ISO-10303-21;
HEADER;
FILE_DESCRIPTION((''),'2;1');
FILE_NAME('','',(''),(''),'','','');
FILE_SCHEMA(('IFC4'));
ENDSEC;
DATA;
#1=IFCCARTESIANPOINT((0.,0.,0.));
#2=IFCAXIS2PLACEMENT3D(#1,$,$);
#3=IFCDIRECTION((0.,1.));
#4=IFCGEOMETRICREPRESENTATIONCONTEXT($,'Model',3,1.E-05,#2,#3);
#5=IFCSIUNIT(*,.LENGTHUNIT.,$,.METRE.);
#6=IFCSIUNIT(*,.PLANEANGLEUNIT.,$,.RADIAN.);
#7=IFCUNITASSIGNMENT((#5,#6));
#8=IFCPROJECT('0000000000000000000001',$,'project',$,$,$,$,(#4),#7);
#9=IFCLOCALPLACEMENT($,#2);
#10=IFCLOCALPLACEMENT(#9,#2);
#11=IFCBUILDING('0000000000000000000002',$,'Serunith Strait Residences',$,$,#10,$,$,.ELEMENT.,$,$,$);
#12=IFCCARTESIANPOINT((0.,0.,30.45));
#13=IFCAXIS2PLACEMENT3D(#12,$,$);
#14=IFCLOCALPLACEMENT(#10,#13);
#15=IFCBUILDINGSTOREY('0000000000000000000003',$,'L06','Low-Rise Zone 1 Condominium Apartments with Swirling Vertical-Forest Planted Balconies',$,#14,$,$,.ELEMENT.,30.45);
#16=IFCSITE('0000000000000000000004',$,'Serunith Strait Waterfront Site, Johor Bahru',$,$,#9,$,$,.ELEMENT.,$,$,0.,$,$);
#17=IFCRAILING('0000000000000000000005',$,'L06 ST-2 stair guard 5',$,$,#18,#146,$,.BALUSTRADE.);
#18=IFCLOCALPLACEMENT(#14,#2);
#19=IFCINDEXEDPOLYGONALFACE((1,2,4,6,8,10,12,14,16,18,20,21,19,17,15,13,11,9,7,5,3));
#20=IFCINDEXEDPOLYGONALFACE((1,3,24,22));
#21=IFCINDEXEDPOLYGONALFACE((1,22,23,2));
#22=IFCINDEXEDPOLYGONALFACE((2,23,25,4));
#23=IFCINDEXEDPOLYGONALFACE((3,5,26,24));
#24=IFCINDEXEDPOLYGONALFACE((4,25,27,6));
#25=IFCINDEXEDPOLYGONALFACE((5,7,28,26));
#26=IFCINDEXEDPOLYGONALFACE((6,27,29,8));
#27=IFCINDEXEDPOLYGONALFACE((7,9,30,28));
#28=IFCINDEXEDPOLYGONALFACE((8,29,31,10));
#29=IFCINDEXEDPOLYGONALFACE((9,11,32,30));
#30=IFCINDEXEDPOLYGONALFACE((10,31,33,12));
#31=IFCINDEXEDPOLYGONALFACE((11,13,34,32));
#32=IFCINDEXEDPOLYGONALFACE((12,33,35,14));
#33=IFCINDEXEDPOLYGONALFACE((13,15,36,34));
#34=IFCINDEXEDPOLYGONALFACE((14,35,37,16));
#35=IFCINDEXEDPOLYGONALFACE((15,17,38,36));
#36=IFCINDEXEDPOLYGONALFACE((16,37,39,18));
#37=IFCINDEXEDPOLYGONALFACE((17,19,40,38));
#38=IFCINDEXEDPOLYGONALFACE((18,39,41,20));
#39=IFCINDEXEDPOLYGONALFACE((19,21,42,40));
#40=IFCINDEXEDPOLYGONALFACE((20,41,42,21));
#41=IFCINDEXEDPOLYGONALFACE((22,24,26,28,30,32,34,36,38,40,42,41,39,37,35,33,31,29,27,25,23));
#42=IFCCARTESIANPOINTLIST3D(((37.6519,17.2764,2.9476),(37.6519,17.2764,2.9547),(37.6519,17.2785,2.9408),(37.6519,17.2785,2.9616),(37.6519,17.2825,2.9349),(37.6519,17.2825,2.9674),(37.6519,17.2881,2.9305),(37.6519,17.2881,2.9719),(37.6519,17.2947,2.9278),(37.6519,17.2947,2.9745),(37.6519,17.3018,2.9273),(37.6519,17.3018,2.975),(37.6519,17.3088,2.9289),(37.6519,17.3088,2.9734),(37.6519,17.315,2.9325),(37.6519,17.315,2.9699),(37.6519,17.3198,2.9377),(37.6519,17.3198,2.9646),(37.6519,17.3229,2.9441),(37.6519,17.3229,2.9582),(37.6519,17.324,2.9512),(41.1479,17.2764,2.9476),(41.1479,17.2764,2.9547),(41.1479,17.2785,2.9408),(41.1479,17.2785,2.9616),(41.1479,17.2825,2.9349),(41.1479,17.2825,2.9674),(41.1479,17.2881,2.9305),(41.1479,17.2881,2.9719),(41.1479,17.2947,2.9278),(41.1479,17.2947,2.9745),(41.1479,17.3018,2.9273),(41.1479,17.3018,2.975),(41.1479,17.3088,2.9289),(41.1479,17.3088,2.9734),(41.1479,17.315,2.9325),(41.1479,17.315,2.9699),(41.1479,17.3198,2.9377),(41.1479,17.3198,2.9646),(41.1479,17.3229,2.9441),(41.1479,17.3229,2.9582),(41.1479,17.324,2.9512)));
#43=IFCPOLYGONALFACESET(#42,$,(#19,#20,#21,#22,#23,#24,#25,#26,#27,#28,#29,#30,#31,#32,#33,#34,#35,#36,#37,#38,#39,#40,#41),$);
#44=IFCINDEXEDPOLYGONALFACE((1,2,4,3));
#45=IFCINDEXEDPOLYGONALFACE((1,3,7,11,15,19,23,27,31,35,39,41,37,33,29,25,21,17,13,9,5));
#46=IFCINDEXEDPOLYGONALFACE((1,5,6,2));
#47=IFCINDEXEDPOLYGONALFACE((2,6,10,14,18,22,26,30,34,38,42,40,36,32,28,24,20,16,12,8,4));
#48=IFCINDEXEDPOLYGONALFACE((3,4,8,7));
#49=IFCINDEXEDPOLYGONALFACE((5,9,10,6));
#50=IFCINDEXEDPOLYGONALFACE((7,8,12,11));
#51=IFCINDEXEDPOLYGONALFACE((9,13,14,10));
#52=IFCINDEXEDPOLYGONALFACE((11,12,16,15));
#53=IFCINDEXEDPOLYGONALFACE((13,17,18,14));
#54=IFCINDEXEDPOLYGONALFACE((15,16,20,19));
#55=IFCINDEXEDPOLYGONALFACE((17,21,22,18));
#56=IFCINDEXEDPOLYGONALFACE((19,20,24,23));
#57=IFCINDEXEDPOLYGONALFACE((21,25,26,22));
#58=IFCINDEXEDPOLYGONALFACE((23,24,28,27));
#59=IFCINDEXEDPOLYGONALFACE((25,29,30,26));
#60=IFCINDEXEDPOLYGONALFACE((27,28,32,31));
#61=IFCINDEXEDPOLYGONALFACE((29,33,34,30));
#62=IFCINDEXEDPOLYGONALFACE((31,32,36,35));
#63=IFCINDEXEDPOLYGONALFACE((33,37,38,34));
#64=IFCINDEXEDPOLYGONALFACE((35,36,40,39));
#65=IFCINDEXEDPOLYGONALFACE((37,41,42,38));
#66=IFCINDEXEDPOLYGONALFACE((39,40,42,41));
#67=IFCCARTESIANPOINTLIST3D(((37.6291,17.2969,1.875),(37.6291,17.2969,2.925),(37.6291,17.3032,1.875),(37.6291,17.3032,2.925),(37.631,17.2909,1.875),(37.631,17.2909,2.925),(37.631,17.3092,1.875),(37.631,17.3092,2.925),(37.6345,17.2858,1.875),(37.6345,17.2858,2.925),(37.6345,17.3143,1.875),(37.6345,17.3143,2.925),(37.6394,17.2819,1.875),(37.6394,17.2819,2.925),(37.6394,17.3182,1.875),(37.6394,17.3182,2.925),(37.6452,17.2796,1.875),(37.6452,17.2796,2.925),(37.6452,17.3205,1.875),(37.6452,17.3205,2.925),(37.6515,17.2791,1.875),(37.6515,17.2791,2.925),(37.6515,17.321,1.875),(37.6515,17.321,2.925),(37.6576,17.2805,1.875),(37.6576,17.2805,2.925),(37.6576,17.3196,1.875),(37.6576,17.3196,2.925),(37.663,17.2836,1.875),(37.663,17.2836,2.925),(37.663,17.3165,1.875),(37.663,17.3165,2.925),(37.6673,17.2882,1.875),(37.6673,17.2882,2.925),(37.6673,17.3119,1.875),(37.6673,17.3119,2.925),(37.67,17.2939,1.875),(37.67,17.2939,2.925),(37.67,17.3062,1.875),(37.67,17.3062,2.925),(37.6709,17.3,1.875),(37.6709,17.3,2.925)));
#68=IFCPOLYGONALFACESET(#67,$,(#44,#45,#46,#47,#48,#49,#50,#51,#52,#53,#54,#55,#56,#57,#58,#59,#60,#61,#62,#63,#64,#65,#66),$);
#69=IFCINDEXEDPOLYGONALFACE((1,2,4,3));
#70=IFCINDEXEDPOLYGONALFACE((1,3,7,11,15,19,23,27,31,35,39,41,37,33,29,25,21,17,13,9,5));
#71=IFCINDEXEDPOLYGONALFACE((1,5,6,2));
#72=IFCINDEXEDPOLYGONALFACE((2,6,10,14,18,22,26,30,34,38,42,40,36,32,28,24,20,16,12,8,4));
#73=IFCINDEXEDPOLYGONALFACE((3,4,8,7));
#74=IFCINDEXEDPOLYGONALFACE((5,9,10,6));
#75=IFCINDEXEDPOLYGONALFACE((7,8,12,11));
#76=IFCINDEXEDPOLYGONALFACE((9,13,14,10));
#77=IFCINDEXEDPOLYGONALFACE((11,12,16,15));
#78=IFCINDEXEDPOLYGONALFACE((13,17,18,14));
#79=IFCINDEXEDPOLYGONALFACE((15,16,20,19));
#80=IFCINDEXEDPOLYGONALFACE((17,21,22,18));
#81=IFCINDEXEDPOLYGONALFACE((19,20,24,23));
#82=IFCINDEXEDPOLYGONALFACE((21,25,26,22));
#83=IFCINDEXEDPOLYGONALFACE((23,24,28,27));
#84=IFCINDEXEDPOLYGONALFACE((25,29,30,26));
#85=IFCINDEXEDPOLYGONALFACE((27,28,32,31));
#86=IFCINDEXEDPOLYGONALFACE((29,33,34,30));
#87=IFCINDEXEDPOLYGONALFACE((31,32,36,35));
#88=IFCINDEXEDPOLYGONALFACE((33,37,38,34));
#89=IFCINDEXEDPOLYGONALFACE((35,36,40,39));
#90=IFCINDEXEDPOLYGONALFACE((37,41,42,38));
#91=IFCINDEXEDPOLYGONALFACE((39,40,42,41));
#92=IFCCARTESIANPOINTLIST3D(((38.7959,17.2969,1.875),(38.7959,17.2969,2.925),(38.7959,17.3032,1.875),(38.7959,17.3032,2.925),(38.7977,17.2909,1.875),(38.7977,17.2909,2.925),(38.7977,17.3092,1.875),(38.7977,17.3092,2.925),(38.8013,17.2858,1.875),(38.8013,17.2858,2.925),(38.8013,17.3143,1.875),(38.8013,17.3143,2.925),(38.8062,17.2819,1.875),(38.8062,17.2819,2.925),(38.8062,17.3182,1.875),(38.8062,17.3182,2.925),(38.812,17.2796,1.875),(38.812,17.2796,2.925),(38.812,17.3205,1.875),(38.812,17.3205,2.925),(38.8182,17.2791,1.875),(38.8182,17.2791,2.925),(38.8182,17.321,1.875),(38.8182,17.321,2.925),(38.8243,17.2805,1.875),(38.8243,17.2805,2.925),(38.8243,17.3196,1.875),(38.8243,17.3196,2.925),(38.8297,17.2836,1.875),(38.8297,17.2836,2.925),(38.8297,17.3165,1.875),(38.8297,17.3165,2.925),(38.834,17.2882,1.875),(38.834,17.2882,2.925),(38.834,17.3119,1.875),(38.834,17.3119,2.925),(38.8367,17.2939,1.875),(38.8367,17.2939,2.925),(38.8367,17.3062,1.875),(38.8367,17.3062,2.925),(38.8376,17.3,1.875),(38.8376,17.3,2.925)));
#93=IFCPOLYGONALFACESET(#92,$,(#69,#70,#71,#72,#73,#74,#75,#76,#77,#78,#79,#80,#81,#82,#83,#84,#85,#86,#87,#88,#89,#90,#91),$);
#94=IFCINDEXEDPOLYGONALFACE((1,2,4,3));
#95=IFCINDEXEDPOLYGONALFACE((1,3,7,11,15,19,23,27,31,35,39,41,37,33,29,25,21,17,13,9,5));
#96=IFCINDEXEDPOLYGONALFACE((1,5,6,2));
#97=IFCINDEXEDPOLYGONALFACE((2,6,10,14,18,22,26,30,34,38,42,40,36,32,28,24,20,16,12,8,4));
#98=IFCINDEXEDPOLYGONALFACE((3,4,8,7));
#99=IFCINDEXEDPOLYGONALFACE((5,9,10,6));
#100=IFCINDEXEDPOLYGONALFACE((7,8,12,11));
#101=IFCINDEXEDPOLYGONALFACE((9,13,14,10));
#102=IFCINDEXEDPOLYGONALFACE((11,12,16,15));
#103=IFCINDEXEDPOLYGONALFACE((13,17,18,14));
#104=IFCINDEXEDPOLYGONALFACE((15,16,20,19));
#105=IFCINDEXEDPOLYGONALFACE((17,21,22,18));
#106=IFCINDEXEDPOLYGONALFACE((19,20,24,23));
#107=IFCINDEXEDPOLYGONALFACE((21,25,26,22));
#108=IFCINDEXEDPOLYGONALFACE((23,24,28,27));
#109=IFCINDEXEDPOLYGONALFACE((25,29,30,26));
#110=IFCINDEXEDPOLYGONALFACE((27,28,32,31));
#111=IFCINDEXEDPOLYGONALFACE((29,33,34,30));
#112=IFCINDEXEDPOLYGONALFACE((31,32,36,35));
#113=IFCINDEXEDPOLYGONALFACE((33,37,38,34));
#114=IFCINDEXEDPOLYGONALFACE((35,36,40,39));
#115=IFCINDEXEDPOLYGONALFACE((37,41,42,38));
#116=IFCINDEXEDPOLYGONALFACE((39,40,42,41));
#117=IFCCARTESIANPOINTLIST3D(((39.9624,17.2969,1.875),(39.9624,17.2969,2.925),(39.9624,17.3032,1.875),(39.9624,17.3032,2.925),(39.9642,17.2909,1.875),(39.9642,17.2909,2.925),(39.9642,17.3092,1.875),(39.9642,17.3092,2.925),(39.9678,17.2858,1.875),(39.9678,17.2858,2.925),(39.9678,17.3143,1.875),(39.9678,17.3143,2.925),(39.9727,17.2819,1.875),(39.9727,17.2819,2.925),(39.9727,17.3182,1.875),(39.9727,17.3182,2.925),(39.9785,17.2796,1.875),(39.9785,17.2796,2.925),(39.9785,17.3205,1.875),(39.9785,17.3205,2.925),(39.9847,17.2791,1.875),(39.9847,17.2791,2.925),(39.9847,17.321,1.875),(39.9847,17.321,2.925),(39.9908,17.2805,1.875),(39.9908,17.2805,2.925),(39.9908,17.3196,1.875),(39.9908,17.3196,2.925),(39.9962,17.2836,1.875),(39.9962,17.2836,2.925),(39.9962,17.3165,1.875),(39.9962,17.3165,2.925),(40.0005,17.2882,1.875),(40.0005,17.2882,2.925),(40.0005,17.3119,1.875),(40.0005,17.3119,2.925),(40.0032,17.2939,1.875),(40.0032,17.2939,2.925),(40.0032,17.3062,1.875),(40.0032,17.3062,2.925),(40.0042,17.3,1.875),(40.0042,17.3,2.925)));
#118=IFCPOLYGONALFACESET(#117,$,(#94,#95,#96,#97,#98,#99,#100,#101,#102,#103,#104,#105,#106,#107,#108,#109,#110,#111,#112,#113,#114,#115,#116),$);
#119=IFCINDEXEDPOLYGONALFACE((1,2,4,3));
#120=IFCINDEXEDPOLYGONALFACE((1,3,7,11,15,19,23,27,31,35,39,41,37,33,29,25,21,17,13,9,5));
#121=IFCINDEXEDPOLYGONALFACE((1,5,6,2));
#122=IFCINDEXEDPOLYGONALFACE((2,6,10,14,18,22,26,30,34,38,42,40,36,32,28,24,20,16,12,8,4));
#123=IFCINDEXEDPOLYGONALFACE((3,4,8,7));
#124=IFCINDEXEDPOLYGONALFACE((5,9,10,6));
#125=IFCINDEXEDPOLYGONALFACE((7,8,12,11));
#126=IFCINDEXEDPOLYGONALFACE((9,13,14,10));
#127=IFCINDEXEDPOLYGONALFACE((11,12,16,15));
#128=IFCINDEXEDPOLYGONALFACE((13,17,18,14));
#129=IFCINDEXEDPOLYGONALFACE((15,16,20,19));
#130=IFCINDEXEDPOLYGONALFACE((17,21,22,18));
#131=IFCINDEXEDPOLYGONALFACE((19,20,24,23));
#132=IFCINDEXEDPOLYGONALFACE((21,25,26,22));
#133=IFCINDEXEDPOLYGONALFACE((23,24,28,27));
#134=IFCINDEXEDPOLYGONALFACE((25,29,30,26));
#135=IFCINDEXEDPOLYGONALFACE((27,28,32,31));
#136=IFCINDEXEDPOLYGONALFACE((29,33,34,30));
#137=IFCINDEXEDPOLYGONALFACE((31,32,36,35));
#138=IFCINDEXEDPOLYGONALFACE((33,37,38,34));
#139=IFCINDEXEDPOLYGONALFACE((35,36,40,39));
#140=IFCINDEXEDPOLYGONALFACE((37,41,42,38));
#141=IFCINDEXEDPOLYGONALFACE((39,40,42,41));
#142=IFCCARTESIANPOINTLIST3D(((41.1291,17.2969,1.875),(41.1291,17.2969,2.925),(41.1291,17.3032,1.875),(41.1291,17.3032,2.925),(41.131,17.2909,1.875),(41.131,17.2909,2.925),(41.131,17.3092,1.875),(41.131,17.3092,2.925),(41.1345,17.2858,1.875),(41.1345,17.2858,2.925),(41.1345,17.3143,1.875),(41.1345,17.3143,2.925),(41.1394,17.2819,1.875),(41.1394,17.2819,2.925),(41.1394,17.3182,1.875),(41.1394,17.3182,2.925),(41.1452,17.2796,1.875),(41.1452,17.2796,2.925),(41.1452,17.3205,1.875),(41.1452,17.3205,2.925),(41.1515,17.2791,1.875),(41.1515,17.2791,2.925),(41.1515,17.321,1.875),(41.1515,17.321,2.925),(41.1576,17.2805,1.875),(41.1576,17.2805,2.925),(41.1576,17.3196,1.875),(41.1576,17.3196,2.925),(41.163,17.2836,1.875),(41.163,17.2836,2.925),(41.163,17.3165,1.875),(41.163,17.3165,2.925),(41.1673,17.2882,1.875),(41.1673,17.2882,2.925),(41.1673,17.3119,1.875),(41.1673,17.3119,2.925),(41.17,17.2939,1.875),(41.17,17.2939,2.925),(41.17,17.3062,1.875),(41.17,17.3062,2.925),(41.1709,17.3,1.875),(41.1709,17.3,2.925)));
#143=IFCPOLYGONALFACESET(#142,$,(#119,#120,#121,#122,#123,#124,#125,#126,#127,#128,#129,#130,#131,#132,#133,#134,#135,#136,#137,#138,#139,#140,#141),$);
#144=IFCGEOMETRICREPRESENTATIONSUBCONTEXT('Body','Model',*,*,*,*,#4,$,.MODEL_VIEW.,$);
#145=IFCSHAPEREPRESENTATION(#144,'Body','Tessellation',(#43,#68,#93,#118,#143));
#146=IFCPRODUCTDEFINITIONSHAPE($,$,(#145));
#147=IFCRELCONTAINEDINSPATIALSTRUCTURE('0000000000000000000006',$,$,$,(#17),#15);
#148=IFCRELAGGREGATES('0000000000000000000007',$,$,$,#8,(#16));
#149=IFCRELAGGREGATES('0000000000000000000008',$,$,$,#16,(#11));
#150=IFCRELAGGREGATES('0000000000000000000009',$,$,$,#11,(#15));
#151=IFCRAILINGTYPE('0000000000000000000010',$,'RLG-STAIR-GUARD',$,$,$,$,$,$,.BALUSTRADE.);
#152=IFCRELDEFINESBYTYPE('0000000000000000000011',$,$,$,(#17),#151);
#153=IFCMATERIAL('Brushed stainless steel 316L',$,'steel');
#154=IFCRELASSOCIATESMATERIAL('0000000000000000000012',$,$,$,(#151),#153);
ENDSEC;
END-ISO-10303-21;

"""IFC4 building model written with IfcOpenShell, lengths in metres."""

from ifc_helpers import new_model, si_unit, direction, frame, origin, origin_2d, place, context, subcontext, project, spatial, circle, extrude, material, type_object, element, save


model = new_model("IFC4")

# Units and contexts
model_context = context("Model", 3, precision=1e-05, world=origin(), true_north=direction((0.0, 1.0)))
body_context = subcontext(model_context, "Body", "Model", "MODEL_VIEW")
ifc_project = project(units=[si_unit("LENGTHUNIT", "METRE"), si_unit("PLANEANGLEUNIT", "RADIAN")], contexts=[model_context])

# Site, building, storey
site_placement = place(None, origin())
site = spatial("IfcSite", under=ifc_project, at=site_placement, Name="Serunith Strait Waterfront Site, Johor Bahru", CompositionType="ELEMENT", RefElevation=0.0)
building_placement = place(site_placement, origin())
building = spatial("IfcBuilding", under=site, at=building_placement, Name="Serunith Strait Residences", CompositionType="ELEMENT")
storey_placement = place(building_placement, frame((0.0, 0.0, 30.45)))
storey = spatial("IfcBuildingStorey", under=building, at=storey_placement, Name="L06", Description="Low-Rise Zone 1 Condominium Apartments with Swirling Vertical-Forest Planted Balconies", CompositionType="ELEMENT", Elevation=30.45)

# Railing
ifc_material_1 = material(Name="Brushed stainless steel 316L", Category="steel")
railing_type_1 = type_object("IfcRailingType", Name="RLG-STAIR-GUARD", PredefinedType="BALUSTRADE", material=ifc_material_1)
railing_1_placement = place(storey_placement, frame((37.6499, 17.3, 1.875)))
element("IfcRailing", 1, at=railing_1_placement, inside=storey, type_object=railing_type_1, Name="L06 ST-2 stair guard 5", PredefinedType="BALUSTRADE", context=body_context, shape_type="SweptSolid", body=[
    extrude(circle(Radius=0.0239, at=origin_2d()), frame((0.002, 0.0, 1.0762), z_axis=(1.0, 0.0, 0.0), x_axis=(0.0, 1.0, 0.0)), (0.0, 0.0, 1.0), 3.4961),
    extrude(circle(Radius=0.021, at=origin_2d()), origin(), (0.0, 0.0, 1.0), 1.05),
    extrude(circle(Radius=0.021, at=origin_2d()), frame((1.1667, 0.0, 0.0)), (0.0, 0.0, 1.0), 1.05),
    extrude(circle(Radius=0.021, at=origin_2d()), frame((2.3333, 0.0, 0.0)), (0.0, 0.0, 1.0), 1.05),
    extrude(circle(Radius=0.021, at=origin_2d()), frame((3.5, 0.0, 0.0)), (0.0, 0.0, 1.0), 1.05),
])

save(model, "model.ifc")
